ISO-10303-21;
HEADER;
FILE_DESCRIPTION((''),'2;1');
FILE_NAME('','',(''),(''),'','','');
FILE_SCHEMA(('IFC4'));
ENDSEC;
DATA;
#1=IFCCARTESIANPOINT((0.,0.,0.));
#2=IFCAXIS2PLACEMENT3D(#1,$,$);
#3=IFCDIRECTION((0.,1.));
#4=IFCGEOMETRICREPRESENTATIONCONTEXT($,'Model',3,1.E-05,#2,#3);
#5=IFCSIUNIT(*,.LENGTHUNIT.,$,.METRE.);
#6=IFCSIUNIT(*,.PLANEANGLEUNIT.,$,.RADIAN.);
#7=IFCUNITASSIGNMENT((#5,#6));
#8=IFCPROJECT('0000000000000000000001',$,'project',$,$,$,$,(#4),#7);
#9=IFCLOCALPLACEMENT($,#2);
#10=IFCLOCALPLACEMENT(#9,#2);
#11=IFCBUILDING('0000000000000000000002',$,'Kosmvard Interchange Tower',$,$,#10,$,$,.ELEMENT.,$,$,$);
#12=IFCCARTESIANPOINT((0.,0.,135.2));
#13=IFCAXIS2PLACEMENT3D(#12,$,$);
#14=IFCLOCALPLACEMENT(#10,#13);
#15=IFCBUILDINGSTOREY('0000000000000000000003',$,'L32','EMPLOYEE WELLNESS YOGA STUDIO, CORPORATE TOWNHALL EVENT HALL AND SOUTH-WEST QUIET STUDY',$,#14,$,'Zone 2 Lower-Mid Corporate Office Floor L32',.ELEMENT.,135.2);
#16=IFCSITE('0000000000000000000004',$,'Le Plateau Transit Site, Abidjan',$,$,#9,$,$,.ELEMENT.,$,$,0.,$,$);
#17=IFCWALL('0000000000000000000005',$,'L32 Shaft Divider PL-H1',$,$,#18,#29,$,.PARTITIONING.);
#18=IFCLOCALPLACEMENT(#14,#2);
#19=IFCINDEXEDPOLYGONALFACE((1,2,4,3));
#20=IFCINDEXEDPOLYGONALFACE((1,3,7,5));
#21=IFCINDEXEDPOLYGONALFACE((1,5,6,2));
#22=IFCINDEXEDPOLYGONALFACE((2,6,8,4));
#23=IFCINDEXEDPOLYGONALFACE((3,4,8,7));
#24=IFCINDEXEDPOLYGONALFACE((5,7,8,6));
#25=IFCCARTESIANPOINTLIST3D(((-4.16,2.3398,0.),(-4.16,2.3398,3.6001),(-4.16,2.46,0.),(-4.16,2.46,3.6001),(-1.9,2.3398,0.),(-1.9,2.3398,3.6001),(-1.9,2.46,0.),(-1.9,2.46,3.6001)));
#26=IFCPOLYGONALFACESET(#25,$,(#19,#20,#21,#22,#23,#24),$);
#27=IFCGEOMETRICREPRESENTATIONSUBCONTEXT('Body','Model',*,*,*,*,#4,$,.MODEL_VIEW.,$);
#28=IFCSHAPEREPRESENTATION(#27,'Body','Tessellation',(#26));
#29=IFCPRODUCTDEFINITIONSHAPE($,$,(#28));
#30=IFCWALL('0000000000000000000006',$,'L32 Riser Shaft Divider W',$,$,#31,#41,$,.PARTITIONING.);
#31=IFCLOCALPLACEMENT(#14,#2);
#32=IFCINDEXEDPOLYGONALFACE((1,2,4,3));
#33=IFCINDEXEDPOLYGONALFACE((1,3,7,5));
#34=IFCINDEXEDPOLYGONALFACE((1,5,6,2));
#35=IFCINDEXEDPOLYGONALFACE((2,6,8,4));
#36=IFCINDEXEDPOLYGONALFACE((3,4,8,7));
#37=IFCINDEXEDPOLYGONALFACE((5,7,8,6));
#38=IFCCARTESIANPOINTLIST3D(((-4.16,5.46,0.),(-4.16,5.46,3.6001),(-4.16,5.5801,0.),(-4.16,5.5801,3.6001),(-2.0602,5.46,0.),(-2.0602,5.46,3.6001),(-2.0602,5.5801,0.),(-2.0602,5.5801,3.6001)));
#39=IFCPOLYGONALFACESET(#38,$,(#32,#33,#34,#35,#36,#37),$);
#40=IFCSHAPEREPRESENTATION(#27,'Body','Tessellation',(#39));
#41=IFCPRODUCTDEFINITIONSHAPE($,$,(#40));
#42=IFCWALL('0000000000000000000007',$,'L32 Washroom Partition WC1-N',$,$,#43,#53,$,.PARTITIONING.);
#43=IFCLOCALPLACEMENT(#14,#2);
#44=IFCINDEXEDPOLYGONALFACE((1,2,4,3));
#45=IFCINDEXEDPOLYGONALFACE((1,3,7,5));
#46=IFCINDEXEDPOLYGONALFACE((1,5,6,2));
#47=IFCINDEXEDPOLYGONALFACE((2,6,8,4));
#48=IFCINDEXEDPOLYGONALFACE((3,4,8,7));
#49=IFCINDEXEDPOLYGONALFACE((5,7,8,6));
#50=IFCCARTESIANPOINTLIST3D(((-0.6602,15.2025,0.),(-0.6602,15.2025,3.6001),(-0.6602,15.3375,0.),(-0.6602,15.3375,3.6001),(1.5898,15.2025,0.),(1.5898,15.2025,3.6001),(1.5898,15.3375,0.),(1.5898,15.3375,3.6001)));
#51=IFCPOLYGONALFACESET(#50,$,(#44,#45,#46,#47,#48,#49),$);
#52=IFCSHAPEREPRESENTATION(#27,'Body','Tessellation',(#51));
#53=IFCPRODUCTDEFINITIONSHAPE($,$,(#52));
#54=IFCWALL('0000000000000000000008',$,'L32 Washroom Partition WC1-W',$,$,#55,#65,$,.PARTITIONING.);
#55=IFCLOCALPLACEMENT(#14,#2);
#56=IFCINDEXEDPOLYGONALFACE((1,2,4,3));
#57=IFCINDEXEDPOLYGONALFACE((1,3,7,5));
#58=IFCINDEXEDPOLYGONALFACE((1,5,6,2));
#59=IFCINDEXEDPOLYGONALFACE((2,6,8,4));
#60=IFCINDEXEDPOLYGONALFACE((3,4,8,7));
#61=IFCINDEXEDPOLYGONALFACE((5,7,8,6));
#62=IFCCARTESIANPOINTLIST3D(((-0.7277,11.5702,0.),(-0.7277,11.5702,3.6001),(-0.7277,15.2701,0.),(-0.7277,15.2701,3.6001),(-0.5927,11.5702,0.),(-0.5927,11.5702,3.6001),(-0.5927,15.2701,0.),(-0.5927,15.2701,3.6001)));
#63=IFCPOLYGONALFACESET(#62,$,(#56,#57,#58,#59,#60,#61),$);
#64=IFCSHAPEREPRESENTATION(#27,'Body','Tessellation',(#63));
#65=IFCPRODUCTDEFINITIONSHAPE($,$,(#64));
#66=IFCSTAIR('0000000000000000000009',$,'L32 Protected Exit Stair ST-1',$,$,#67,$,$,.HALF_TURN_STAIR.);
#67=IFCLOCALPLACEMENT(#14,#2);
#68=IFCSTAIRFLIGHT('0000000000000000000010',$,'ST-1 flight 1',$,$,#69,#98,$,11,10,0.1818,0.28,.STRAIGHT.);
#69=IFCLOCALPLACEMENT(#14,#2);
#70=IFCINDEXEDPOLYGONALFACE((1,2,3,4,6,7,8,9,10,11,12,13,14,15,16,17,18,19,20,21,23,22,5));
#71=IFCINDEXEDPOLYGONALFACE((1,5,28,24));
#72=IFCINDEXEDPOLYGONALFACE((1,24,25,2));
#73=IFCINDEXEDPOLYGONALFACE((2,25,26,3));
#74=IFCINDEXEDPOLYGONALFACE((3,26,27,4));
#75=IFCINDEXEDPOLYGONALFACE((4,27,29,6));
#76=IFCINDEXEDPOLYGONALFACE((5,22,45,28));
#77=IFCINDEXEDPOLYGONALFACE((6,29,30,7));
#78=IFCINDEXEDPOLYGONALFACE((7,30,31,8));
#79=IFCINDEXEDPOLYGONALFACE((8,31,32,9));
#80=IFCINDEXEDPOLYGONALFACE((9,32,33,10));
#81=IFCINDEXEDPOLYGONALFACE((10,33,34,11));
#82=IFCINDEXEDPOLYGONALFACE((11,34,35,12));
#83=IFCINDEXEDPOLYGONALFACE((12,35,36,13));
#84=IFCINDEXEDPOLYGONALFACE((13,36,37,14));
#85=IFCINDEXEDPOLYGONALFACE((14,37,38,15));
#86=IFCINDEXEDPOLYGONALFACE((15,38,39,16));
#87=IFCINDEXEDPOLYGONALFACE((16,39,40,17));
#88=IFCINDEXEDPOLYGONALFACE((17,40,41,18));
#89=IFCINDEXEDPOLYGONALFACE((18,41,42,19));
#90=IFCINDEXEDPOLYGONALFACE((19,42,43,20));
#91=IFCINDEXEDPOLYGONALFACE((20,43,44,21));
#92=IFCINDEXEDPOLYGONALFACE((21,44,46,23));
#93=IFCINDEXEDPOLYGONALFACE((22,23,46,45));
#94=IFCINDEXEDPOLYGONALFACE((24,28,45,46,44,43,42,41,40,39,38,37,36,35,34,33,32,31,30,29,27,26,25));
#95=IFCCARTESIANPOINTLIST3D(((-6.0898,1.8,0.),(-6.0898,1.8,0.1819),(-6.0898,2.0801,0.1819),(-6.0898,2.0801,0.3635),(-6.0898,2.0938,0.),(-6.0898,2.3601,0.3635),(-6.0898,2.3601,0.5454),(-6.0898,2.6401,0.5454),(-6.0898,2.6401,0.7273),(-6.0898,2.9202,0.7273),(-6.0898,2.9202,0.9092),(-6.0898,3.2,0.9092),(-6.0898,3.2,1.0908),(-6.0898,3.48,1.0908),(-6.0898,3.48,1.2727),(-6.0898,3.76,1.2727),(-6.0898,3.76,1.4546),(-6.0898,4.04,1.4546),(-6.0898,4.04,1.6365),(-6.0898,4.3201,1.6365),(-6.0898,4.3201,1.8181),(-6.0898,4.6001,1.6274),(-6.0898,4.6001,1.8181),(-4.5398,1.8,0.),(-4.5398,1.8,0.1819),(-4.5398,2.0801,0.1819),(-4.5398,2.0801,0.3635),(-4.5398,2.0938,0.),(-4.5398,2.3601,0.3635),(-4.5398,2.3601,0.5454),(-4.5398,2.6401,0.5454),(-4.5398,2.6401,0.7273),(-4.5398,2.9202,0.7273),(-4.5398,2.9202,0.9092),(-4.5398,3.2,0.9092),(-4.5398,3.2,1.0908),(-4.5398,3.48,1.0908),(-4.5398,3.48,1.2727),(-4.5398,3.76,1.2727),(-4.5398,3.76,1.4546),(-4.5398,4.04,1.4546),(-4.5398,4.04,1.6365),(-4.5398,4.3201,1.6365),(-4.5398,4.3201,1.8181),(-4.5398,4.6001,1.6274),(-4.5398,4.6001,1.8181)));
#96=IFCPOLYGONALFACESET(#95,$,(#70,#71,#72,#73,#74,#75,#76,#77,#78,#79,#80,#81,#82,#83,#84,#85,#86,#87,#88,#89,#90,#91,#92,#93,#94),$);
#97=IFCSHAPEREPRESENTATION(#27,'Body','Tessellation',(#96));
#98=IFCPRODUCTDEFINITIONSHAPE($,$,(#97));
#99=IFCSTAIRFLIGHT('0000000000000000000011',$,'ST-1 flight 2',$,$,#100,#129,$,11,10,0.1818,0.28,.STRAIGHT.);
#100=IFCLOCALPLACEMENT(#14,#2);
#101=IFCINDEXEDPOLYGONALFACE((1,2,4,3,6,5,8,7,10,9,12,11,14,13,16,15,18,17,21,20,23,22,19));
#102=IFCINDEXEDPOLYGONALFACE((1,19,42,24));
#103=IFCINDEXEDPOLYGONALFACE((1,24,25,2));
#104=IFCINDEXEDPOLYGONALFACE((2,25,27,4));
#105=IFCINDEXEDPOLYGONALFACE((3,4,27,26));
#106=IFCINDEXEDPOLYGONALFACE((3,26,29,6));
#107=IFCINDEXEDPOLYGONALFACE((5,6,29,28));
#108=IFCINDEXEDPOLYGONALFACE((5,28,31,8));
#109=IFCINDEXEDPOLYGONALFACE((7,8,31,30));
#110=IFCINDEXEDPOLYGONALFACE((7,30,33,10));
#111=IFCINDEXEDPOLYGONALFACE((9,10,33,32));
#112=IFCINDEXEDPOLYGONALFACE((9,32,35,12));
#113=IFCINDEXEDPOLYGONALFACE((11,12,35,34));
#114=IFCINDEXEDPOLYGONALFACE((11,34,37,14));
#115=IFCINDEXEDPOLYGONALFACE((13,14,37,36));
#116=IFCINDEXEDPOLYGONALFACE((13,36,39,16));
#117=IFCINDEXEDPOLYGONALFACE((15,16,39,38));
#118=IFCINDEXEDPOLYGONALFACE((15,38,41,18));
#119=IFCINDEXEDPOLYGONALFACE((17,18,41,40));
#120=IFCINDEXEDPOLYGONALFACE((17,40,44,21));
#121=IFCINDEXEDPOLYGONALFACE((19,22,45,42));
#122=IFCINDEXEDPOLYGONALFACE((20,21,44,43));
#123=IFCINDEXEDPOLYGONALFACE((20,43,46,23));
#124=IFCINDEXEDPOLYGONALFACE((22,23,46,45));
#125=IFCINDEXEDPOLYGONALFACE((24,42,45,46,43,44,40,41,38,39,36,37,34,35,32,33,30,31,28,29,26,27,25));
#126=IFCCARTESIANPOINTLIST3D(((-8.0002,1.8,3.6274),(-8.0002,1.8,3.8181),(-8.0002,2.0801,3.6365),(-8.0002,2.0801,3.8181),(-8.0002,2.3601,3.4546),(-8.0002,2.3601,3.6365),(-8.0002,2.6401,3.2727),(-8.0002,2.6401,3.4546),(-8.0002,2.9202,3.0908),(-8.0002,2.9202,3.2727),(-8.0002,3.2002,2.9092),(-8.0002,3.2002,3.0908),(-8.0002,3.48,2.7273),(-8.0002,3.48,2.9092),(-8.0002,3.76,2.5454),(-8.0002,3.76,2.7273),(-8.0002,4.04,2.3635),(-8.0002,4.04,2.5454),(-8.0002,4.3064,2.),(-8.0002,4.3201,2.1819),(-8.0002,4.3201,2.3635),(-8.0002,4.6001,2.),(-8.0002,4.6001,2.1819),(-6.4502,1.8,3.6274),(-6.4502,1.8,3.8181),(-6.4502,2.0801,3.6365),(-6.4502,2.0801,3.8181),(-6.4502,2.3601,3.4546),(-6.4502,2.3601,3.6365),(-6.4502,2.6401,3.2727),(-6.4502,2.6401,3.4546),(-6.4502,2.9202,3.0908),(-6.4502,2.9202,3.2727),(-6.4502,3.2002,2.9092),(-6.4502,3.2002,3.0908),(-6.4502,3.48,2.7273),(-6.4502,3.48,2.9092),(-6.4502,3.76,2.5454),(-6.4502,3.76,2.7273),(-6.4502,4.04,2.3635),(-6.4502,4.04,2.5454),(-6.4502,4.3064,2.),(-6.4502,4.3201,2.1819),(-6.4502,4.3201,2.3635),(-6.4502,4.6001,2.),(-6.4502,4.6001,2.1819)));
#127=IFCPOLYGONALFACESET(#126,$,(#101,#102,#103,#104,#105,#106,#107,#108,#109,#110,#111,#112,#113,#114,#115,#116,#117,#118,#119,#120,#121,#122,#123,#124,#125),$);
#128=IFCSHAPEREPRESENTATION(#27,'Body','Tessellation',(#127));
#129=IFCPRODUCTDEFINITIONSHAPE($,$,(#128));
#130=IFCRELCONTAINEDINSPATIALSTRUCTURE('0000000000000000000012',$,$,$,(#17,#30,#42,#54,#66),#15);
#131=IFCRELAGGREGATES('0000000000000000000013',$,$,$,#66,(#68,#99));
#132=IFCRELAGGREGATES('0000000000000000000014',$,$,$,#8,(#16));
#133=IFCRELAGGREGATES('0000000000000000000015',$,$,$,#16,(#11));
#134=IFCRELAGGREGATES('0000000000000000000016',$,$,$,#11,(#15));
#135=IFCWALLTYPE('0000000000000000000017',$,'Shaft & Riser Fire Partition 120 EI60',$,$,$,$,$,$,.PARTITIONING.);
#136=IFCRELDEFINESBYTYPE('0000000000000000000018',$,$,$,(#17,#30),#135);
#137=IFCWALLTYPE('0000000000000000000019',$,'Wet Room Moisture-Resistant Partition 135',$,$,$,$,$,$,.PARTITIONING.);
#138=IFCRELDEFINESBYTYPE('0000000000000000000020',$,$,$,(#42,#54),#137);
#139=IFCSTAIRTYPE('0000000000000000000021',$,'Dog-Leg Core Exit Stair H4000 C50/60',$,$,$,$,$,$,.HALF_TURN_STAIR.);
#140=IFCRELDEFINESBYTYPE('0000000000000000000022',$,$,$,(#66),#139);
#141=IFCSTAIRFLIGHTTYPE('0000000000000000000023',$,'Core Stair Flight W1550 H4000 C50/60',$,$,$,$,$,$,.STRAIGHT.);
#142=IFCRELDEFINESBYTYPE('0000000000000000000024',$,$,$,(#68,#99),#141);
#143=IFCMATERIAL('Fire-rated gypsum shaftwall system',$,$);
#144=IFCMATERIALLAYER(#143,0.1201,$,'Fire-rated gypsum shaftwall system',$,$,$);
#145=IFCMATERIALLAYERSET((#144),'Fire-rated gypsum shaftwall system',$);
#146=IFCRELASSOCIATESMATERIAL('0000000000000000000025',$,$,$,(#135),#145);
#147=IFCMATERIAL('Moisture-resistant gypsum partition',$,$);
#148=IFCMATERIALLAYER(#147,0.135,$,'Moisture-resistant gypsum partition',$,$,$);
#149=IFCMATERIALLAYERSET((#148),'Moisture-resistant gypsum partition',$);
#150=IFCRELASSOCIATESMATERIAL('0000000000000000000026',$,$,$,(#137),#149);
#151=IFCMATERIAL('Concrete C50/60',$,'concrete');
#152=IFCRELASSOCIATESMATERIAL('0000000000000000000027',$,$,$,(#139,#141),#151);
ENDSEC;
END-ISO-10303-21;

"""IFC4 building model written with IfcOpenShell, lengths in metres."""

from ifc_helpers import new_model, si_unit, direction, frame, frame_2d, origin, place, context, subcontext, project, spatial, polyline, rectangle, outline, extrude, source, transform, mapped, material, layer, layer_set, type_object, element, aggregate, save


model = new_model("IFC4")

# Units and contexts
model_context = context("Model", 3, precision=1e-05, world=origin(), true_north=direction((0.0, 1.0)))
body_context = subcontext(model_context, "Body", "Model", "MODEL_VIEW")
ifc_project = project(units=[si_unit("LENGTHUNIT", "METRE"), si_unit("PLANEANGLEUNIT", "RADIAN")], contexts=[model_context])

# Site, building, storey
site_placement = place(None, origin())
site = spatial("IfcSite", under=ifc_project, at=site_placement, Name="Le Plateau Transit Site, Abidjan", CompositionType="ELEMENT", RefElevation=0.0)
building_placement = place(site_placement, origin())
building = spatial("IfcBuilding", under=site, at=building_placement, Name="Kosmvard Interchange Tower", CompositionType="ELEMENT")
storey_placement = place(building_placement, frame((0.0, 0.0, 135.2)))
storey = spatial("IfcBuildingStorey", under=building, at=storey_placement, Name="L32", Description="EMPLOYEE WELLNESS YOGA STUDIO, CORPORATE TOWNHALL EVENT HALL AND SOUTH-WEST QUIET STUDY", LongName="Zone 2 Lower-Mid Corporate Office Floor L32", CompositionType="ELEMENT", Elevation=135.2)

# Walls
ifc_material_1 = material(Name="Fire-rated gypsum shaftwall system")
ifc_layer_1 = layer(ifc_material_1, 0.1201, Name="Fire-rated gypsum shaftwall system")
ifc_layer_set_1 = layer_set([ifc_layer_1], Name="Fire-rated gypsum shaftwall system")
wall_type_1 = type_object("IfcWallType", Name="Shaft & Riser Fire Partition 120 EI60", PredefinedType="PARTITIONING", material=ifc_layer_set_1)
wall_1_placement = place(storey_placement, frame((-4.1599, 2.3999, 0.0), z_axis=(0.0, 0.0, 1.0), x_axis=(1.0, 0.0, 0.0)))
element("IfcWall", 1, at=wall_1_placement, inside=storey, type_object=wall_type_1, Name="L32 Shaft Divider PL-H1", PredefinedType="PARTITIONING", context=body_context, shape_type="SweptSolid", body=[
    extrude(rectangle(XDim=2.26, YDim=0.1201, at=frame_2d((1.1299, 0.0))), origin(), (0.0, 0.0, 1.0), 3.6001),
])
wall_2_placement = place(storey_placement, frame((-4.1599, 5.52, 0.0), z_axis=(0.0, 0.0, 1.0), x_axis=(1.0, 0.0, 0.0)))
element("IfcWall", 2, at=wall_2_placement, inside=storey, type_object=wall_type_1, Name="L32 Riser Shaft Divider W", PredefinedType="PARTITIONING", context=body_context, shape_type="SweptSolid", body=[
    extrude(rectangle(XDim=2.0999, YDim=0.1201, at=frame_2d((1.0498, 0.0))), origin(), (0.0, 0.0, 1.0), 3.6001),
])
ifc_material_2 = material(Name="Moisture-resistant gypsum partition")
ifc_layer_2 = layer(ifc_material_2, 0.135, Name="Moisture-resistant gypsum partition")
ifc_layer_set_2 = layer_set([ifc_layer_2], Name="Moisture-resistant gypsum partition")
wall_type_2 = type_object("IfcWallType", Name="Wet Room Moisture-Resistant Partition 135", PredefinedType="PARTITIONING", material=ifc_layer_set_2)
wall_3_placement = place(storey_placement, frame((-0.6602, 15.27, 0.0), z_axis=(0.0, 0.0, 1.0), x_axis=(1.0, 0.0, 0.0)))
element("IfcWall", 3, at=wall_3_placement, inside=storey, type_object=wall_type_2, Name="L32 Washroom Partition WC1-N", PredefinedType="PARTITIONING", context=body_context, shape_type="SweptSolid", body=[
    extrude(rectangle(XDim=2.25, YDim=0.135, at=frame_2d((1.125, 0.0))), origin(), (0.0, 0.0, 1.0), 3.6001),
])
wall_4_placement = place(storey_placement, frame((-0.6602, 11.5701, 0.0), z_axis=(0.0, 0.0, 1.0), x_axis=(0.0, 1.0, 0.0)))
element("IfcWall", 4, at=wall_4_placement, inside=storey, type_object=wall_type_2, Name="L32 Washroom Partition WC1-W", PredefinedType="PARTITIONING", context=body_context, shape_type="SweptSolid", body=[
    extrude(rectangle(XDim=3.7, YDim=0.135, at=frame_2d((1.8501, 0.0))), origin(), (0.0, 0.0, 1.0), 3.6001),
])

# Stair, stair flights
ifc_material_3 = material(Name="Concrete C50/60", Category="concrete")
stair_type = type_object("IfcStairType", Name="Dog-Leg Core Exit Stair H4000 C50/60", PredefinedType="HALF_TURN_STAIR", material=ifc_material_3)
stair_placement = place(storey_placement, origin())
stair = element("IfcStair", 5, at=stair_placement, inside=storey, type_object=stair_type, Name="L32 Protected Exit Stair ST-1", PredefinedType="HALF_TURN_STAIR")
stair_flight_type = type_object("IfcStairFlightType", Name="Core Stair Flight W1550 H4000 C50/60", PredefinedType="STRAIGHT", material=ifc_material_3)
shared_shape_1 = source(origin(), body_context, "Body", "SweptSolid", [
    extrude(outline(polyline([(0.0, 0.0), (0.0, 0.1819), (0.28, 0.1819), (0.28, 0.3635), (0.5601, 0.3635), (0.5601, 0.5454), (0.8401, 0.5454), (0.8401, 0.7273), (1.1201, 0.7273), (1.1201, 0.9092), (1.3999, 0.9092), (1.3999, 1.0908), (1.6799, 1.0908), (1.6799, 1.2727), (1.96, 1.2727), (1.96, 1.4546), (2.24, 1.4546), (2.24, 1.6365), (2.52, 1.6365), (2.52, 1.8181), (2.8, 1.8181), (2.8, 2.0), (2.8, 1.6274), (0.2937, 0.0), (0.0, 0.0)])), frame((0.0, 0.7749, 0.0), z_axis=(0.0, -1.0, 0.0), x_axis=(1.0, 0.0, 0.0)), (0.0, 0.0, 1.0), 1.55),
])
stair_flight_1_placement = place(storey_placement, frame((-5.3149, 1.8, 0.0), z_axis=(0.0, 0.0, 1.0), x_axis=(0.0, 1.0, 0.0)))
stair_flight_1 = element("IfcStairFlight", 6, at=stair_flight_1_placement, type_object=stair_flight_type, Name="ST-1 flight 1", NumberOfRisers=11, NumberOfTreads=10, PredefinedType="STRAIGHT", RiserHeight=0.1818, TreadLength=0.28, context=body_context, shape_type="MappedRepresentation", body=[
    mapped(shared_shape_1, transform((0.0, 0.0, 0.0), scale=1.0)),
])
stair_flight_2_placement = place(storey_placement, frame((-7.2251, 4.6001, 2.0), z_axis=(0.0, 0.0, 1.0), x_axis=(0.0, -1.0, 0.0)))
stair_flight_2 = element("IfcStairFlight", 7, at=stair_flight_2_placement, type_object=stair_flight_type, Name="ST-1 flight 2", NumberOfRisers=11, NumberOfTreads=10, PredefinedType="STRAIGHT", RiserHeight=0.1818, TreadLength=0.28, context=body_context, shape_type="MappedRepresentation", body=[
    mapped(shared_shape_1, transform((0.0, 0.0, 0.0), scale=1.0)),
])
aggregate(stair, [stair_flight_1, stair_flight_2])

save(model, "model.ifc")
